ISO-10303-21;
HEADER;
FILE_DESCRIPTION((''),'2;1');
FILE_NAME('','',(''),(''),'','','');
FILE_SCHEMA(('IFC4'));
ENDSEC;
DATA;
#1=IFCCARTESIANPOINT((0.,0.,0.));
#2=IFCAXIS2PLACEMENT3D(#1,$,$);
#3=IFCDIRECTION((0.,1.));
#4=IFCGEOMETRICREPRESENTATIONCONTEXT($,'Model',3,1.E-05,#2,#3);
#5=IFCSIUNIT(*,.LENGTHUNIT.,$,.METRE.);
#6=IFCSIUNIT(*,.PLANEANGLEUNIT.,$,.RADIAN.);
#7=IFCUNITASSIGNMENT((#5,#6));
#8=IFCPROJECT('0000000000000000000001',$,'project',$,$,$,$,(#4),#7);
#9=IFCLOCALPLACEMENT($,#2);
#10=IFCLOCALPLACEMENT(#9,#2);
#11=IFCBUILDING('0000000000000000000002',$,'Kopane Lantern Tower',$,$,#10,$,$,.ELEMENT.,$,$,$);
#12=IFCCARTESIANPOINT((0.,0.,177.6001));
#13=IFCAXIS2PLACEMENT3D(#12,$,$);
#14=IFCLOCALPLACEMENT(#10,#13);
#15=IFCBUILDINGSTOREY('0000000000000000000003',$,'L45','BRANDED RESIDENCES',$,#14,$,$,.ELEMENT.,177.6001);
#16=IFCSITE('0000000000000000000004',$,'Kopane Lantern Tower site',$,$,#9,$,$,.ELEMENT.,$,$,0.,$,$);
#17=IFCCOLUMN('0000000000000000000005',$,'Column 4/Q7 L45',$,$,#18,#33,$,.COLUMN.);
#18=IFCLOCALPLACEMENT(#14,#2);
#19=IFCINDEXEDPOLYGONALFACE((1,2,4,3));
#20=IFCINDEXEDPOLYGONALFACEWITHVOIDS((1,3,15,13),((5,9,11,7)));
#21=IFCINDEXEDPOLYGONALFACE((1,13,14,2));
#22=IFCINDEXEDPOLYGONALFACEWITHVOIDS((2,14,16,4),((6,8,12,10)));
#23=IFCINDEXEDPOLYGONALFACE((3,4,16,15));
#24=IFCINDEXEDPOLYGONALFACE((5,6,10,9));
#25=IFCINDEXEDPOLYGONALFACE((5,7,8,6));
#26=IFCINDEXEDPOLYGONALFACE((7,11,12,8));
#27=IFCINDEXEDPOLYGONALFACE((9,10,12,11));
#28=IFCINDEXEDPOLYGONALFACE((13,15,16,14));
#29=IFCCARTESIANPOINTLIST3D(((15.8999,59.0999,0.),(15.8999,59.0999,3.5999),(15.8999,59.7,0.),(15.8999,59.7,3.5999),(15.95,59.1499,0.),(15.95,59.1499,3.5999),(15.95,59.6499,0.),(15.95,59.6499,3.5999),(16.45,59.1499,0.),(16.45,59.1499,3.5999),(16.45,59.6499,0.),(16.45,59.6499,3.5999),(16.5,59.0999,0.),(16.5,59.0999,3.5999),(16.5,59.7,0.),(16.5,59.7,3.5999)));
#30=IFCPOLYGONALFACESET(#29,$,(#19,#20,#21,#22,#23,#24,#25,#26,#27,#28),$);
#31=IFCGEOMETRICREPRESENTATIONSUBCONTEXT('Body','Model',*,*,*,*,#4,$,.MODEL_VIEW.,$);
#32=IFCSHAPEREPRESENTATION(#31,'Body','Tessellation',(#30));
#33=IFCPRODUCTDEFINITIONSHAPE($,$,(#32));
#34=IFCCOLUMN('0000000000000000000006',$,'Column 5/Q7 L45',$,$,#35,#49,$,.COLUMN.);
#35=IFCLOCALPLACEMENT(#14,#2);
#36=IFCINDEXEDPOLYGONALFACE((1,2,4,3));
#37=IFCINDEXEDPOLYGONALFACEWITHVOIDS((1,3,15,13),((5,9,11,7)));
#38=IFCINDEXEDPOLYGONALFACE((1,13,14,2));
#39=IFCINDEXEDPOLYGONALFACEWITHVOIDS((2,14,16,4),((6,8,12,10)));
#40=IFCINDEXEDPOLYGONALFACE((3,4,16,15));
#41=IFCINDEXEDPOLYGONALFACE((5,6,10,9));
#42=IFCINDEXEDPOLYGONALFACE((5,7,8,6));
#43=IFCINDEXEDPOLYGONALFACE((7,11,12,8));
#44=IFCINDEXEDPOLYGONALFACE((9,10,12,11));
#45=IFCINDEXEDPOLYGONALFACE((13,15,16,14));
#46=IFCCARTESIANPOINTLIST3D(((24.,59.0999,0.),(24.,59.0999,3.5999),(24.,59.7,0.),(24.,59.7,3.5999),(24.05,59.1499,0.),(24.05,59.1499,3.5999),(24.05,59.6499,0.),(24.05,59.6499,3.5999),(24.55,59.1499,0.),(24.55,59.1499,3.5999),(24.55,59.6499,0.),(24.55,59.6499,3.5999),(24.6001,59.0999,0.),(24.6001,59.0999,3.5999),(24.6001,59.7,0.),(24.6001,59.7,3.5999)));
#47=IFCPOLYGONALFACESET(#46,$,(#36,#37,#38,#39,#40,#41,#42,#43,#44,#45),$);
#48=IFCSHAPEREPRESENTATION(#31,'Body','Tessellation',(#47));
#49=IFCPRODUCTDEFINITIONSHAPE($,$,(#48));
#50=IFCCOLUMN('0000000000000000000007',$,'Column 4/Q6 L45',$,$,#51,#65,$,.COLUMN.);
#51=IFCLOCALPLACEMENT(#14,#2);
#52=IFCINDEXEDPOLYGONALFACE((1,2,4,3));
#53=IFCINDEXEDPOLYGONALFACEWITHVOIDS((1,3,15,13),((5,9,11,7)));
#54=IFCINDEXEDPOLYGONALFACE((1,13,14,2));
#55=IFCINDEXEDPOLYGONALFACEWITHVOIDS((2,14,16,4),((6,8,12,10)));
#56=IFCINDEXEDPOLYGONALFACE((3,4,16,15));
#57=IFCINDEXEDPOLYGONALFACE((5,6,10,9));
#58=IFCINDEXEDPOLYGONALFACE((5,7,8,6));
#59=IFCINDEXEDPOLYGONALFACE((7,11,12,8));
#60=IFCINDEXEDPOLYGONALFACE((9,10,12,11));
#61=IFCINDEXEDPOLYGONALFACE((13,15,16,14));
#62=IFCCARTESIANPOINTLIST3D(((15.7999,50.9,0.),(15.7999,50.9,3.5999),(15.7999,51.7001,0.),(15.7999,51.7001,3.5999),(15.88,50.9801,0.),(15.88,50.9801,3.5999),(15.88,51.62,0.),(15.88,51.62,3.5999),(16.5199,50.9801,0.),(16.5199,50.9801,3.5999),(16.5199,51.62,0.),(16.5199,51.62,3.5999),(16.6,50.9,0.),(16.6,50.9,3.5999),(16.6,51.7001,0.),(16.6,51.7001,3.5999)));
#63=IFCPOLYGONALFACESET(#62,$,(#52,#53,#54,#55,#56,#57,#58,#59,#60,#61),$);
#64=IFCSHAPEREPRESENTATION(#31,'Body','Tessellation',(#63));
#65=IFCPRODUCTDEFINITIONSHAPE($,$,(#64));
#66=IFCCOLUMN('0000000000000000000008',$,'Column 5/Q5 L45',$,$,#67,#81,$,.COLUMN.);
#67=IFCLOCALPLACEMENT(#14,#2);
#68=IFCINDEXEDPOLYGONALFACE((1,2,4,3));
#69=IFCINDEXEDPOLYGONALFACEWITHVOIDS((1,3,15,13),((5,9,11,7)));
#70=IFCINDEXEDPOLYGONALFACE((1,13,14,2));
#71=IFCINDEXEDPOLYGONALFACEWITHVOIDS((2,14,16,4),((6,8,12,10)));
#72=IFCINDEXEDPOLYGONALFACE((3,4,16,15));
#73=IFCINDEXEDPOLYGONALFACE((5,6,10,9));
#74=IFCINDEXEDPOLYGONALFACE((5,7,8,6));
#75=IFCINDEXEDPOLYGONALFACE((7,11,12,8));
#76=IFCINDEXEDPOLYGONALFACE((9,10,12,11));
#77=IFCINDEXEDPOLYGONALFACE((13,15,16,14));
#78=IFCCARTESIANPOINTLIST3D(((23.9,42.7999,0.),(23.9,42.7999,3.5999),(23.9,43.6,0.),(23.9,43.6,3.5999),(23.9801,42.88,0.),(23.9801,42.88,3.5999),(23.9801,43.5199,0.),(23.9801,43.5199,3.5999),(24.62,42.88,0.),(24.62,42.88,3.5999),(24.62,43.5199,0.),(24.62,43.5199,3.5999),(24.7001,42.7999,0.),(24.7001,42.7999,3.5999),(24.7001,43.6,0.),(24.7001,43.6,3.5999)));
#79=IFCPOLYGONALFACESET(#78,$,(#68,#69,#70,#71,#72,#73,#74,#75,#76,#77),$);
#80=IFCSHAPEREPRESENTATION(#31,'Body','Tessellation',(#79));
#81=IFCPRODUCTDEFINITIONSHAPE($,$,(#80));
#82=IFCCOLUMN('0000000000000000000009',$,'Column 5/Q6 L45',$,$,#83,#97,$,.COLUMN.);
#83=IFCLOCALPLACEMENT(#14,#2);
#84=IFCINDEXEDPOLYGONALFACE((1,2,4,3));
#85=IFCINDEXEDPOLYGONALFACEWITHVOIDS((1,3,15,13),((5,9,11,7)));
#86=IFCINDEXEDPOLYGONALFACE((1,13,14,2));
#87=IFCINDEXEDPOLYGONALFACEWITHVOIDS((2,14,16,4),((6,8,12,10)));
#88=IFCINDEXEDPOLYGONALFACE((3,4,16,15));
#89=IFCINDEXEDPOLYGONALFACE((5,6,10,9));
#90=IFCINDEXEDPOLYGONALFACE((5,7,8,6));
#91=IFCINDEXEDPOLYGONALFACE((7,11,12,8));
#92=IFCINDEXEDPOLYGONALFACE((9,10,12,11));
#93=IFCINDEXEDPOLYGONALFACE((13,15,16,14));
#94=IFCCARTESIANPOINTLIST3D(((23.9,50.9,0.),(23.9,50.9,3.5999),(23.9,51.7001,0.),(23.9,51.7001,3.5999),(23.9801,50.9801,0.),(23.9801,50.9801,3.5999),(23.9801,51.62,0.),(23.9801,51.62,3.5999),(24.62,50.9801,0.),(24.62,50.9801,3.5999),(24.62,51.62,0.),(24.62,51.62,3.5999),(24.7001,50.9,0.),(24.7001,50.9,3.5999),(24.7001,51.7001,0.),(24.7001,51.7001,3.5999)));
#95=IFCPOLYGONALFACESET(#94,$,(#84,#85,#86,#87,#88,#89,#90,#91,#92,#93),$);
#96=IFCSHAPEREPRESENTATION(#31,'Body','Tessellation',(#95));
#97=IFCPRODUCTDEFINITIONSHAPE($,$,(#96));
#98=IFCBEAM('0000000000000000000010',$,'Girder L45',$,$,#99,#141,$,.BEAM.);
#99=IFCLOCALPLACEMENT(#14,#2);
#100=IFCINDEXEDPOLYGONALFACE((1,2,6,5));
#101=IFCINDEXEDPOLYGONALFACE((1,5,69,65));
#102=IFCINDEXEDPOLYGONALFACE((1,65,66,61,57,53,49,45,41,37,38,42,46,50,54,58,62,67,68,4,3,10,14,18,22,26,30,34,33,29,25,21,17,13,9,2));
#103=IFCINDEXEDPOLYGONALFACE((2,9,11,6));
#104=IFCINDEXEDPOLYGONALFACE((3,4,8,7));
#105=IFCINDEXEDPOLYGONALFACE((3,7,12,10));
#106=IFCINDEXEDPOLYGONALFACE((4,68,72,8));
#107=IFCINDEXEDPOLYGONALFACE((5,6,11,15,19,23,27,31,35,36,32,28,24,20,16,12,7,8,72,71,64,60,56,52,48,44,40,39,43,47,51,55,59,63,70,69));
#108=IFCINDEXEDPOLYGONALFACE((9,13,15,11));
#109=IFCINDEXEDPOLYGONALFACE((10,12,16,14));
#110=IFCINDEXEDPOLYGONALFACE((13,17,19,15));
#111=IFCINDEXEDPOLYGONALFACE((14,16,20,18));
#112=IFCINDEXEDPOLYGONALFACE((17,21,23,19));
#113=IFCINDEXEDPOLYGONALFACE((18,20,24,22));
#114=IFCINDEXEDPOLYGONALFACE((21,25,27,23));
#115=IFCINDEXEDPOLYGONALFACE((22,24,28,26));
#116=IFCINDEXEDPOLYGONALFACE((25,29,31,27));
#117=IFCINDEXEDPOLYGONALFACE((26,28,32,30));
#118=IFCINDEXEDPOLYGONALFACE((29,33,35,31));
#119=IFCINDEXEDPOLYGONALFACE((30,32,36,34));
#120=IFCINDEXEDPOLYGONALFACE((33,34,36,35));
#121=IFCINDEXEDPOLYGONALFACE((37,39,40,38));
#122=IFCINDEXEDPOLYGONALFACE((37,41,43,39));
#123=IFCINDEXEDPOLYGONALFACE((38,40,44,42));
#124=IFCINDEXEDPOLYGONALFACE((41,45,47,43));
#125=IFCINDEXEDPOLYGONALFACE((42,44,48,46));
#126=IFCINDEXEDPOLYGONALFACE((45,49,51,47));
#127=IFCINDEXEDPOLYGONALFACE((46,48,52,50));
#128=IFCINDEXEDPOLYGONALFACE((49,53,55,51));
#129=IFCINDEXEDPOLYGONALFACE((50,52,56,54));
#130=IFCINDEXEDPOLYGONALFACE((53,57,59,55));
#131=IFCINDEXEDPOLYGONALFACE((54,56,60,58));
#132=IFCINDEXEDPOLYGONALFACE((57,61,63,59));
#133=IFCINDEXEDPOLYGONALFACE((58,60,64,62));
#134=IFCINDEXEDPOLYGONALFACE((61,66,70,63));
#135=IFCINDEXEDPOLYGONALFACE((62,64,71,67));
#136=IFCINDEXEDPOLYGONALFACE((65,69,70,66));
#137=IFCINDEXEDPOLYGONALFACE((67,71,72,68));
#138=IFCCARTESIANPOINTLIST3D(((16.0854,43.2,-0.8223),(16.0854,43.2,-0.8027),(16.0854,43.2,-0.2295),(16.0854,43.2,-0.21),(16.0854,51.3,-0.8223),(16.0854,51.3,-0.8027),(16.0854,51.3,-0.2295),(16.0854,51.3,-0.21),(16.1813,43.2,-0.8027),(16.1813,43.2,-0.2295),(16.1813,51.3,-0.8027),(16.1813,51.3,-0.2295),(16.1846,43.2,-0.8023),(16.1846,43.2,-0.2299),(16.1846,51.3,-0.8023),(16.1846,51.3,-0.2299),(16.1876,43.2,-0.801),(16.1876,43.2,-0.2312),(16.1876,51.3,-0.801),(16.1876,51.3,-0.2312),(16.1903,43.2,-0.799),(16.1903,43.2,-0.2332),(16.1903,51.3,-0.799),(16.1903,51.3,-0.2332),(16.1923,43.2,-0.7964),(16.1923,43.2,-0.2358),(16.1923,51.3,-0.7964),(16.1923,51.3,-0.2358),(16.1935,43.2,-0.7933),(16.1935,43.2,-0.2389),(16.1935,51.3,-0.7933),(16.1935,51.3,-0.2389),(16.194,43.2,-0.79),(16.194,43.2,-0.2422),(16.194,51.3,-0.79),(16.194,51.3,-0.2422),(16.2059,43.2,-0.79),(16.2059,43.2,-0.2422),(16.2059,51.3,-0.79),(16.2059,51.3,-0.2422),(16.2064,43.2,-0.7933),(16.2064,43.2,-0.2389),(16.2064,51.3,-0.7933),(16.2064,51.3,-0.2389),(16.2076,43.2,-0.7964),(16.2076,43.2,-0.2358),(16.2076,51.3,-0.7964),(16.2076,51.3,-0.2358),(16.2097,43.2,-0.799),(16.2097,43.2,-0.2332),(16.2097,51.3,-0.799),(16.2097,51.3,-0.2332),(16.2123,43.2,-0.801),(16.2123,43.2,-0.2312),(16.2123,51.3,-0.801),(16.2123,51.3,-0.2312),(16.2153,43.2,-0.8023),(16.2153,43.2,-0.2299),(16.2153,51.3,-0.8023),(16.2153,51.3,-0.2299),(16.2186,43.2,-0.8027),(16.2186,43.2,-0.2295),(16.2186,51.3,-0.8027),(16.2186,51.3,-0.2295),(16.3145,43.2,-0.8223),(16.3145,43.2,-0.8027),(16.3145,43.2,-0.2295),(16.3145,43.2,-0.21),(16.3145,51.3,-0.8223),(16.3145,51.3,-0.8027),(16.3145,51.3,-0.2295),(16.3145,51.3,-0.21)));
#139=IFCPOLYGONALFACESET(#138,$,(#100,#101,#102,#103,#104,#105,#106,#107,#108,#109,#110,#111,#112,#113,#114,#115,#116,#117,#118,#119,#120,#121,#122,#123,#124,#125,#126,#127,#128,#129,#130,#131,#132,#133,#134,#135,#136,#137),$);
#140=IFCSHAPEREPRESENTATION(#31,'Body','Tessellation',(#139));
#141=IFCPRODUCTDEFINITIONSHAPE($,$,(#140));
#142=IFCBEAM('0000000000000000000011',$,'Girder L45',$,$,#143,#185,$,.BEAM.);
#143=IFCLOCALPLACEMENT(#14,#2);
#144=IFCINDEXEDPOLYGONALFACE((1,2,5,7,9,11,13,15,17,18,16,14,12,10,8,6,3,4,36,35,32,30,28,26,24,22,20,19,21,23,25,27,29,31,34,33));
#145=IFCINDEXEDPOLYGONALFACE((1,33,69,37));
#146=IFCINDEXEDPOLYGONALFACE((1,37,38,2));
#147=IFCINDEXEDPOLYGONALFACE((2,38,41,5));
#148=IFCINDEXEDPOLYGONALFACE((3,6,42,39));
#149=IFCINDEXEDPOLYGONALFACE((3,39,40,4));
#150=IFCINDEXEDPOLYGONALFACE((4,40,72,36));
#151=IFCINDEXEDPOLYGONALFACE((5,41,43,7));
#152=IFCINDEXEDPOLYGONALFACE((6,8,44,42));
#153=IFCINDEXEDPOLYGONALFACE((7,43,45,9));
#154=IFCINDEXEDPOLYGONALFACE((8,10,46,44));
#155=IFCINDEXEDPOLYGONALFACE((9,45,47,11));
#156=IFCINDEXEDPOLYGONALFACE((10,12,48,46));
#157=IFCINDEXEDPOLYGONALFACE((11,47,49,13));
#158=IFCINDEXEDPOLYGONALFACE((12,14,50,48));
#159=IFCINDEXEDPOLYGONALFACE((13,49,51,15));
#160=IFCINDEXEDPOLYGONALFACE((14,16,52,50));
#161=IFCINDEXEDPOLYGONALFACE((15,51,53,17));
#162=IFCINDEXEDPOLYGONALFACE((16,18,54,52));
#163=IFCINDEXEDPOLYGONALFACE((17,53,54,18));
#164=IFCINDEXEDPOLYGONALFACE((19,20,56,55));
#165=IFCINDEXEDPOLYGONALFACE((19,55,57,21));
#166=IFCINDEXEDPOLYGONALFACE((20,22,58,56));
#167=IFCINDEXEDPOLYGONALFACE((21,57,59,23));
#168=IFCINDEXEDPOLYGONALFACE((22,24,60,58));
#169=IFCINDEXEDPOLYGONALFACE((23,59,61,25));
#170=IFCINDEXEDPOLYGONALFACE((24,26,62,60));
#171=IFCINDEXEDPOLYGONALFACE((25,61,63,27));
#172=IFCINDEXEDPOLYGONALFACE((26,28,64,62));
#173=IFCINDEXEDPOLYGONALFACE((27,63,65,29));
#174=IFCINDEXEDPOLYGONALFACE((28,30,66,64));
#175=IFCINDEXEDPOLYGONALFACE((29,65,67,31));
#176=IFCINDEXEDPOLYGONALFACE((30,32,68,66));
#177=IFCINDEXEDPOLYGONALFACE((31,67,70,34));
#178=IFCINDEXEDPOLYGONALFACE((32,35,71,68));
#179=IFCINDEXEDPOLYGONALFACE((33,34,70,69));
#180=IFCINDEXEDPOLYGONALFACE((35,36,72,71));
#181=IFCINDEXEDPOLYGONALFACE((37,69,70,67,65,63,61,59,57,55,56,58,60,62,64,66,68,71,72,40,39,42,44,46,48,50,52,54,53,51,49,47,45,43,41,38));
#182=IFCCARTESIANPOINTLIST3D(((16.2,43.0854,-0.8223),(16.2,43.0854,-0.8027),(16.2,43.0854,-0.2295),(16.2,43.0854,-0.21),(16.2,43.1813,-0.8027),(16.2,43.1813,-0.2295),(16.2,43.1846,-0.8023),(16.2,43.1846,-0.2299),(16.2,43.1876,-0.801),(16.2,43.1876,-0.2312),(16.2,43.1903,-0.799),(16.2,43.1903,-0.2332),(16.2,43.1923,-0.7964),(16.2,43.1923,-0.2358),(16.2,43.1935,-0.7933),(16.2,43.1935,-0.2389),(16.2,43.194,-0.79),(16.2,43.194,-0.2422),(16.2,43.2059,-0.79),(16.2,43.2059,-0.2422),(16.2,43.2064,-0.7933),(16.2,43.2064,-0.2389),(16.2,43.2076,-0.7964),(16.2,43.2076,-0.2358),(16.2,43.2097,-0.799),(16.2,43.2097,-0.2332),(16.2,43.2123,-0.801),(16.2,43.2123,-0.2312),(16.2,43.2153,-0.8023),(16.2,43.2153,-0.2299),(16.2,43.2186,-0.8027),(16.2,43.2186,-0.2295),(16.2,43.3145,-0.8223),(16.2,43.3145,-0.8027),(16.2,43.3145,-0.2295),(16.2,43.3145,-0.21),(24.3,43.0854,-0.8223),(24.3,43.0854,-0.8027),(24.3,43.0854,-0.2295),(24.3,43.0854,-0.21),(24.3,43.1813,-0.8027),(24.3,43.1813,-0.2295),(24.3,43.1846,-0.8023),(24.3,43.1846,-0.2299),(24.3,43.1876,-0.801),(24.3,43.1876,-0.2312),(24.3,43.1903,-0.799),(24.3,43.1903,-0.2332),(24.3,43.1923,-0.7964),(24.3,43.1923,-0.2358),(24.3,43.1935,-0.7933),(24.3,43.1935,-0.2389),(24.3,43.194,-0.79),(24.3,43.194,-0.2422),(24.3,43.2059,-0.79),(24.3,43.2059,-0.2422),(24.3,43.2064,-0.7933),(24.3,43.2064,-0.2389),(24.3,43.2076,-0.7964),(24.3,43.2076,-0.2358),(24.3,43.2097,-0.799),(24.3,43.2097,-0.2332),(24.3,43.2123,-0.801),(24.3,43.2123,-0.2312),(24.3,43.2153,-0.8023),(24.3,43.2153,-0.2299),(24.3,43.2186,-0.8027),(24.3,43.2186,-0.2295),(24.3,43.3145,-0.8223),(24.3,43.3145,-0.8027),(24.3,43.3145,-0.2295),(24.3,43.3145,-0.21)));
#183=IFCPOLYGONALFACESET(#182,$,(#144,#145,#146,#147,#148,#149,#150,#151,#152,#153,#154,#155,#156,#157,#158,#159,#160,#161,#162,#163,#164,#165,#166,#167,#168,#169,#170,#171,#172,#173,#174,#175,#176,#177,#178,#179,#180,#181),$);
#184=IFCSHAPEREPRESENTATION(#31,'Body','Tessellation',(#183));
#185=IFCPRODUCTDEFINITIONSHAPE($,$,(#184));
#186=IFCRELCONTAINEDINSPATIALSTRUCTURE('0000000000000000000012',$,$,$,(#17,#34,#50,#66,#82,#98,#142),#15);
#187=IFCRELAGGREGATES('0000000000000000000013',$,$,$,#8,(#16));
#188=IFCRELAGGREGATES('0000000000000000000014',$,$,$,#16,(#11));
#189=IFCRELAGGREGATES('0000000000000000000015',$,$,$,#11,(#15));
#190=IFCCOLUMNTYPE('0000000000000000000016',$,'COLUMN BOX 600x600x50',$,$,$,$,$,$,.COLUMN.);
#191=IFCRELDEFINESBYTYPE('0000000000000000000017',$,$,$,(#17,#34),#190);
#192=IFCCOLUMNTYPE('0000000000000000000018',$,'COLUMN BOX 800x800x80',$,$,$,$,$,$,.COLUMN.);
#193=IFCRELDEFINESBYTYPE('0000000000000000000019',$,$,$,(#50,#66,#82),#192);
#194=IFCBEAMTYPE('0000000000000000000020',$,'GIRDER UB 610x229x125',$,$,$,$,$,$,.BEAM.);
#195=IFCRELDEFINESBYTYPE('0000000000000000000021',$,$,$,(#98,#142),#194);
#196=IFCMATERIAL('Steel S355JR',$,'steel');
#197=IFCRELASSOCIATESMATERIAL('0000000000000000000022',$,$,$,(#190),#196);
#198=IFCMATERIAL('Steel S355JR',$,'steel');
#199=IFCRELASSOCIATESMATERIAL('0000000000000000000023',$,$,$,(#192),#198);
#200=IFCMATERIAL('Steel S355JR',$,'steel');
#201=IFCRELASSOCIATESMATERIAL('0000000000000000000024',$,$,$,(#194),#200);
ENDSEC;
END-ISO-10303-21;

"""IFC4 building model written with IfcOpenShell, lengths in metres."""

from ifc_helpers import new_model, si_unit, direction, frame, origin, origin_2d, place, context, subcontext, project, spatial, hollow_rectangle, i_section, extrude, material, material_profile, profile_set, type_object, element, save


model = new_model("IFC4")

# Units and contexts
model_context = context("Model", 3, precision=1e-05, world=origin(), true_north=direction((0.0, 1.0)))
body_context = subcontext(model_context, "Body", "Model", "MODEL_VIEW")
ifc_project = project(units=[si_unit("LENGTHUNIT", "METRE"), si_unit("PLANEANGLEUNIT", "RADIAN")], contexts=[model_context])

# Site, building, storey
site_placement = place(None, origin())
site = spatial("IfcSite", under=ifc_project, at=site_placement, Name="Kopane Lantern Tower site", CompositionType="ELEMENT", RefElevation=0.0)
building_placement = place(site_placement, origin())
building = spatial("IfcBuilding", under=site, at=building_placement, Name="Kopane Lantern Tower", CompositionType="ELEMENT")
storey_placement = place(building_placement, frame((0.0, 0.0, 177.6001)))
storey = spatial("IfcBuildingStorey", under=building, at=storey_placement, Name="L45", Description="BRANDED RESIDENCES", CompositionType="ELEMENT", Elevation=177.6001)

# Columns
ifc_material_1 = material(Name="Steel S355JR", Category="steel")
ifc_material_profile_1 = material_profile(ifc_material_1, hollow_rectangle(XDim=0.6001, YDim=0.6001, WallThickness=0.05, at=origin_2d()), Name="BOX 600x600x50")
ifc_profile_set_1 = profile_set([ifc_material_profile_1], Name="Steel S355JR")
column_type_1 = type_object("IfcColumnType", Name="COLUMN BOX 600x600x50", PredefinedType="COLUMN", material=ifc_profile_set_1)
for number, where, z_axis, x_axis, name in (
    (1, (16.2, 59.3999, 0.0), (0.0, 0.0, 1.0), (1.0, 0.0, 0.0), "Column 4/Q7 L45"),
    (2, (24.3, 59.3999, 0.0), (0.0, 0.0, 1.0), (1.0, 0.0, 0.0), "Column 5/Q7 L45"),
):
    element("IfcColumn", number, at=place(storey_placement, frame(where, z_axis=z_axis, x_axis=x_axis)), inside=storey, type_object=column_type_1, Name=name, PredefinedType="COLUMN", context=body_context, shape_type="SweptSolid", body=[
        extrude(hollow_rectangle(XDim=0.6001, YDim=0.6001, WallThickness=0.05, at=origin_2d()), origin(), (0.0, 0.0, 1.0), 3.5999),
    ])
ifc_material_2 = material(Name="Steel S355JR", Category="steel")
ifc_material_profile_2 = material_profile(ifc_material_2, hollow_rectangle(XDim=0.8, YDim=0.8, WallThickness=0.0801, at=origin_2d()), Name="BOX 800x800x80")
ifc_profile_set_2 = profile_set([ifc_material_profile_2], Name="Steel S355JR")
column_type_2 = type_object("IfcColumnType", Name="COLUMN BOX 800x800x80", PredefinedType="COLUMN", material=ifc_profile_set_2)
for number, where, z_axis, x_axis, name in (
    (3, (16.2, 51.3, 0.0), (0.0, 0.0, 1.0), (1.0, 0.0, 0.0), "Column 4/Q6 L45"),
    (4, (24.3, 43.2, 0.0), (0.0, 0.0, 1.0), (1.0, 0.0, 0.0), "Column 5/Q5 L45"),
    (5, (24.3, 51.3, 0.0), (0.0, 0.0, 1.0), (1.0, 0.0, 0.0), "Column 5/Q6 L45"),
):
    element("IfcColumn", number, at=place(storey_placement, frame(where, z_axis=z_axis, x_axis=x_axis)), inside=storey, type_object=column_type_2, Name=name, PredefinedType="COLUMN", context=body_context, shape_type="SweptSolid", body=[
        extrude(hollow_rectangle(XDim=0.8, YDim=0.8, WallThickness=0.0801, at=origin_2d()), origin(), (0.0, 0.0, 1.0), 3.5999),
    ])

# Beams
ifc_material_3 = material(Name="Steel S355JR", Category="steel")
ifc_material_profile_3 = material_profile(ifc_material_3, i_section(OverallWidth=0.229, OverallDepth=0.6123, WebThickness=0.012, FlangeThickness=0.0195, FilletRadius=0.0127, at=origin_2d()), Name="UB 610x229x125")
ifc_profile_set_3 = profile_set([ifc_material_profile_3], Name="Steel S355JR")
beam_type = type_object("IfcBeamType", Name="GIRDER UB 610x229x125", PredefinedType="BEAM", material=ifc_profile_set_3)
for number, where, z_axis, x_axis, name in (
    (6, (16.2, 43.2, -0.5161), (0.0, 1.0, 0.0), (-1.0, 0.0, 0.0), "Girder L45"),
    (7, (16.2, 43.2, -0.5161), (1.0, 0.0, 0.0), (0.0, 1.0, 0.0), "Girder L45"),
):
    element("IfcBeam", number, at=place(storey_placement, frame(where, z_axis=z_axis, x_axis=x_axis)), inside=storey, type_object=beam_type, Name=name, PredefinedType="BEAM", context=body_context, shape_type="SweptSolid", body=[
        extrude(i_section(OverallWidth=0.229, OverallDepth=0.6123, WebThickness=0.012, FlangeThickness=0.0195, FilletRadius=0.0127, at=origin_2d()), origin(), (0.0, 0.0, 1.0), 8.1001),
    ])

save(model, "model.ifc")
